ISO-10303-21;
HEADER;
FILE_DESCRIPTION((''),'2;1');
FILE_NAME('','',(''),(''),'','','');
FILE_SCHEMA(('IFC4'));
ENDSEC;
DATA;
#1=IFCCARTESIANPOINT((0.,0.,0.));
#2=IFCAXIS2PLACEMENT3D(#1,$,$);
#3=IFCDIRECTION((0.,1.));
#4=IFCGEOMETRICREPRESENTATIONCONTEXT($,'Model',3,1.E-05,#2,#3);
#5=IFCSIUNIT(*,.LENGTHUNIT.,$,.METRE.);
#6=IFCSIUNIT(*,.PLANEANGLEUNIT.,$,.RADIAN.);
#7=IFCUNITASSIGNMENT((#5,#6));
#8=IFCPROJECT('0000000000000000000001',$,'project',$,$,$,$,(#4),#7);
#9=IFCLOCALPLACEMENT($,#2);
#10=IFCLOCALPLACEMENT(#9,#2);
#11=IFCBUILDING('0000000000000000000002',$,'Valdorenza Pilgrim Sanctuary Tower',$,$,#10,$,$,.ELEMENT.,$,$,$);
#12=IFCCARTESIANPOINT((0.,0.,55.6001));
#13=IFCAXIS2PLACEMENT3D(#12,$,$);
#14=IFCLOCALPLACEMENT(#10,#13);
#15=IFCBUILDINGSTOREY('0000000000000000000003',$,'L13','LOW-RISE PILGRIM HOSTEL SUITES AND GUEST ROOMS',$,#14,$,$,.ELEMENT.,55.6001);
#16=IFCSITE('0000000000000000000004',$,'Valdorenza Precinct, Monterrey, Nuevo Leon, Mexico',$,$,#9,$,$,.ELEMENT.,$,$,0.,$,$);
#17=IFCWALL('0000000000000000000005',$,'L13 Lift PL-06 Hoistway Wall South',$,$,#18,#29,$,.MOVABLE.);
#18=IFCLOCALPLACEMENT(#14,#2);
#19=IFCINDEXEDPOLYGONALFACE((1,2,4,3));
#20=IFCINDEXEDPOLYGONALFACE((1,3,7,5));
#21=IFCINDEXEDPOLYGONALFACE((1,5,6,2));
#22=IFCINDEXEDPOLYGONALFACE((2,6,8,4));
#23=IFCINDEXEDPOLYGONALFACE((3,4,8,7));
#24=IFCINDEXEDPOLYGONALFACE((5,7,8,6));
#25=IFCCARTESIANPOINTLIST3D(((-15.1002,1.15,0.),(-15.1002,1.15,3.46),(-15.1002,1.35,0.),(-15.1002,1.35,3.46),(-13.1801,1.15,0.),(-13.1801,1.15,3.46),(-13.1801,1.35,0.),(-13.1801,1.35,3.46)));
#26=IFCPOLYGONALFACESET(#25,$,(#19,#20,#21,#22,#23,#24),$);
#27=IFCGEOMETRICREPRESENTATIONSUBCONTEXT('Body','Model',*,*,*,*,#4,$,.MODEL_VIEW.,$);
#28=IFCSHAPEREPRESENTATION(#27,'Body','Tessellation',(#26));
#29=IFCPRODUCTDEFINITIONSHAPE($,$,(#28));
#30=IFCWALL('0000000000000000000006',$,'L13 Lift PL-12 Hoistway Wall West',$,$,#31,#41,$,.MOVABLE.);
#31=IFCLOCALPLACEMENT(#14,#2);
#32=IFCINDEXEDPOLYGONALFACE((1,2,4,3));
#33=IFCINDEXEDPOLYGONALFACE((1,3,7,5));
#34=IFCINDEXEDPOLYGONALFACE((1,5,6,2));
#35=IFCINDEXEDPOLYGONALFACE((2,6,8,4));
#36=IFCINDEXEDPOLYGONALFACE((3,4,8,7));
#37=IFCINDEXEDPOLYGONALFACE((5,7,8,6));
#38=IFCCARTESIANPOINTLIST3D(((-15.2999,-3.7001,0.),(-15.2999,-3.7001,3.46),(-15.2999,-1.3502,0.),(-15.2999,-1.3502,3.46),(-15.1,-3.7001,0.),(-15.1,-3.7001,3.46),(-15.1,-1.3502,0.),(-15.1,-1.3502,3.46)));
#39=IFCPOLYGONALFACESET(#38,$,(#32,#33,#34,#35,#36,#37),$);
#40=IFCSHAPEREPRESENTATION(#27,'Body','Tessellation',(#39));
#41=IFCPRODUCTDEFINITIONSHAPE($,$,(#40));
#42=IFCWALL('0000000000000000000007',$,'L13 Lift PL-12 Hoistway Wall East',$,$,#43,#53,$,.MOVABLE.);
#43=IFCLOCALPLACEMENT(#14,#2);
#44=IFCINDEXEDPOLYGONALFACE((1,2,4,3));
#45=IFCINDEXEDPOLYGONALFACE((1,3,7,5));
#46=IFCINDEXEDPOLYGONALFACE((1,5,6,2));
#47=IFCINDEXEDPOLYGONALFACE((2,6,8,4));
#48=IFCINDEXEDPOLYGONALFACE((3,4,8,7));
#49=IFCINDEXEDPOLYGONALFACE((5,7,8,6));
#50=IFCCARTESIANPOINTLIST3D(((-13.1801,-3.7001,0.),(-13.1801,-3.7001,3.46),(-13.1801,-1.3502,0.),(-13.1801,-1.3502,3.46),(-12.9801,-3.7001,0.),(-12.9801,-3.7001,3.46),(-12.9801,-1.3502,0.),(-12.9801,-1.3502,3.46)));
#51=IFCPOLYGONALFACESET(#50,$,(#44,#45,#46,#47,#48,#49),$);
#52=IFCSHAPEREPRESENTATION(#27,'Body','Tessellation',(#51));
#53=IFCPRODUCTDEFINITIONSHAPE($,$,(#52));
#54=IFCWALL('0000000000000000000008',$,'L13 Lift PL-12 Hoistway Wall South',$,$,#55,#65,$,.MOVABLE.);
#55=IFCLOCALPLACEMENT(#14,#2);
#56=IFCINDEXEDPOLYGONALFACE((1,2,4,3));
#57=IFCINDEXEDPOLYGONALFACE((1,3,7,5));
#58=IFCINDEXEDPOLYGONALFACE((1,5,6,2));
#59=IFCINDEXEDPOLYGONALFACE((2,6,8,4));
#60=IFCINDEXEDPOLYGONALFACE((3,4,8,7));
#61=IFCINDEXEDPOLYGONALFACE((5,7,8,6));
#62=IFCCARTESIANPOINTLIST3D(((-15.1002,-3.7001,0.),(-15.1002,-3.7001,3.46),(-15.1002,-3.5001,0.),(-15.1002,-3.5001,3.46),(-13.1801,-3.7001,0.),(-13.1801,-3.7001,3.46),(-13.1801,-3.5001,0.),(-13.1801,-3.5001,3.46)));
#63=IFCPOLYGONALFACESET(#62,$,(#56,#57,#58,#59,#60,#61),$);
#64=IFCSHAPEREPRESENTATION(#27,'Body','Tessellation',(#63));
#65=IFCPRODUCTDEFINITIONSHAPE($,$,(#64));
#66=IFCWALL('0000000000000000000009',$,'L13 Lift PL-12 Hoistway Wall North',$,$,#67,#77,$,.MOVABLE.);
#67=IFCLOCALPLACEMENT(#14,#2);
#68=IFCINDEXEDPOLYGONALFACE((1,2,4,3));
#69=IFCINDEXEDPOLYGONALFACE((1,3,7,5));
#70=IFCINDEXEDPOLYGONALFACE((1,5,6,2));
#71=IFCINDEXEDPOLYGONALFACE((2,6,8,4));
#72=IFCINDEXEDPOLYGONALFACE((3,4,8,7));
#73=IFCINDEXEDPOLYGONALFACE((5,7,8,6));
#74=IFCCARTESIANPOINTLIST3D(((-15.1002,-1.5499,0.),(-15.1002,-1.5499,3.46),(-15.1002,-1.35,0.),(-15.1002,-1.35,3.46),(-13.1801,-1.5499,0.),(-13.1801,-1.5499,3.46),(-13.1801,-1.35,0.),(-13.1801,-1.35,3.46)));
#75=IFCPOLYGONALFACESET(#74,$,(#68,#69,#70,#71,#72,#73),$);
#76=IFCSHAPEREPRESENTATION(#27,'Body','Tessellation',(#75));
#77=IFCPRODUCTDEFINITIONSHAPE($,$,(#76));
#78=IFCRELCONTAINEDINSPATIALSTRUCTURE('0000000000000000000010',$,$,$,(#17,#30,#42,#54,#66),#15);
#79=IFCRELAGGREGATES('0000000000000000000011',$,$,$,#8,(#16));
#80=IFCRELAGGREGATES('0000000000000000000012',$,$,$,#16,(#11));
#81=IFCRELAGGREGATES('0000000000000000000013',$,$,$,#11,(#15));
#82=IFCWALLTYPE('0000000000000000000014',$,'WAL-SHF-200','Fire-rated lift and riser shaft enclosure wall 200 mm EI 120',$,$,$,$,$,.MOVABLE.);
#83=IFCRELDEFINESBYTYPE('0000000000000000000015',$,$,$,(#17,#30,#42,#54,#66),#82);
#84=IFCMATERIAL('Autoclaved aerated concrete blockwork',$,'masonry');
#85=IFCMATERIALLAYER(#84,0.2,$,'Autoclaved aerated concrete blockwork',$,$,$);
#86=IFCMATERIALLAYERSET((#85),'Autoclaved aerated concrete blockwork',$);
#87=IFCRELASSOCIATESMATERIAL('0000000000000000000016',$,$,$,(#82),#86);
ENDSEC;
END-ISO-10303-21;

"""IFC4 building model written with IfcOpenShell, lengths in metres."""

from ifc_helpers import new_model, si_unit, direction, frame, frame_2d, origin, place, context, subcontext, project, spatial, rectangle, extrude, material, layer, layer_set, type_object, element, save


model = new_model("IFC4")

# Units and contexts
model_context = context("Model", 3, precision=1e-05, world=origin(), true_north=direction((0.0, 1.0)))
body_context = subcontext(model_context, "Body", "Model", "MODEL_VIEW")
ifc_project = project(units=[si_unit("LENGTHUNIT", "METRE"), si_unit("PLANEANGLEUNIT", "RADIAN")], contexts=[model_context])

# Site, building, storey
site_placement = place(None, origin())
site = spatial("IfcSite", under=ifc_project, at=site_placement, Name="Valdorenza Precinct, Monterrey, Nuevo Leon, Mexico", CompositionType="ELEMENT", RefElevation=0.0)
building_placement = place(site_placement, origin())
building = spatial("IfcBuilding", under=site, at=building_placement, Name="Valdorenza Pilgrim Sanctuary Tower", CompositionType="ELEMENT")
storey_placement = place(building_placement, frame((0.0, 0.0, 55.6001)))
storey = spatial("IfcBuildingStorey", under=building, at=storey_placement, Name="L13", Description="LOW-RISE PILGRIM HOSTEL SUITES AND GUEST ROOMS", CompositionType="ELEMENT", Elevation=55.6001)

# Shared definitions
ifc_material_1 = material(Name="Autoclaved aerated concrete blockwork", Category="masonry")
ifc_layer_1 = layer(ifc_material_1, 0.2, Name="Autoclaved aerated concrete blockwork")
ifc_layer_set_1 = layer_set([ifc_layer_1], Name="Autoclaved aerated concrete blockwork")
wall_type_1 = type_object("IfcWallType", Name="WAL-SHF-200", Description="Fire-rated lift and riser shaft enclosure wall 200 mm EI 120", PredefinedType="MOVABLE", material=ifc_layer_set_1)

# Walls
wall_1_placement = place(storey_placement, frame((-15.1001, 1.25, 0.0), z_axis=(0.0, 0.0, 1.0), x_axis=(1.0, 0.0, 0.0)))
element("IfcWall", 1, at=wall_1_placement, inside=storey, type_object=wall_type_1, Name="L13 Lift PL-06 Hoistway Wall South", PredefinedType="MOVABLE", context=body_context, shape_type="SweptSolid", body=[
    extrude(rectangle(XDim=1.9202, YDim=0.2, at=frame_2d((0.96, 0.0))), origin(), (0.0, 0.0, 1.0), 3.46),
])
for number, where, z_axis, x_axis, name in (
    (2, (-15.2, -3.7, 0.0), (0.0, 0.0, 1.0), (0.0, 1.0, 0.0), "L13 Lift PL-12 Hoistway Wall West"),
    (3, (-13.0801, -3.7, 0.0), (0.0, 0.0, 1.0), (0.0, 1.0, 0.0), "L13 Lift PL-12 Hoistway Wall East"),
):
    element("IfcWall", number, at=place(storey_placement, frame(where, z_axis=z_axis, x_axis=x_axis)), inside=storey, type_object=wall_type_1, Name=name, PredefinedType="MOVABLE", context=body_context, shape_type="SweptSolid", body=[
        extrude(rectangle(XDim=2.3499, YDim=0.2, at=frame_2d((1.1748, 0.0))), origin(), (0.0, 0.0, 1.0), 3.46),
    ])
for number, where, z_axis, x_axis, name in (
    (4, (-15.1001, -3.6001, 0.0), (0.0, 0.0, 1.0), (1.0, 0.0, 0.0), "L13 Lift PL-12 Hoistway Wall South"),
    (5, (-15.1001, -1.45, 0.0), (0.0, 0.0, 1.0), (1.0, 0.0, 0.0), "L13 Lift PL-12 Hoistway Wall North"),
):
    element("IfcWall", number, at=place(storey_placement, frame(where, z_axis=z_axis, x_axis=x_axis)), inside=storey, type_object=wall_type_1, Name=name, PredefinedType="MOVABLE", context=body_context, shape_type="SweptSolid", body=[
        extrude(rectangle(XDim=1.9202, YDim=0.2, at=frame_2d((0.96, 0.0))), origin(), (0.0, 0.0, 1.0), 3.46),
    ])

save(model, "model.ifc")
